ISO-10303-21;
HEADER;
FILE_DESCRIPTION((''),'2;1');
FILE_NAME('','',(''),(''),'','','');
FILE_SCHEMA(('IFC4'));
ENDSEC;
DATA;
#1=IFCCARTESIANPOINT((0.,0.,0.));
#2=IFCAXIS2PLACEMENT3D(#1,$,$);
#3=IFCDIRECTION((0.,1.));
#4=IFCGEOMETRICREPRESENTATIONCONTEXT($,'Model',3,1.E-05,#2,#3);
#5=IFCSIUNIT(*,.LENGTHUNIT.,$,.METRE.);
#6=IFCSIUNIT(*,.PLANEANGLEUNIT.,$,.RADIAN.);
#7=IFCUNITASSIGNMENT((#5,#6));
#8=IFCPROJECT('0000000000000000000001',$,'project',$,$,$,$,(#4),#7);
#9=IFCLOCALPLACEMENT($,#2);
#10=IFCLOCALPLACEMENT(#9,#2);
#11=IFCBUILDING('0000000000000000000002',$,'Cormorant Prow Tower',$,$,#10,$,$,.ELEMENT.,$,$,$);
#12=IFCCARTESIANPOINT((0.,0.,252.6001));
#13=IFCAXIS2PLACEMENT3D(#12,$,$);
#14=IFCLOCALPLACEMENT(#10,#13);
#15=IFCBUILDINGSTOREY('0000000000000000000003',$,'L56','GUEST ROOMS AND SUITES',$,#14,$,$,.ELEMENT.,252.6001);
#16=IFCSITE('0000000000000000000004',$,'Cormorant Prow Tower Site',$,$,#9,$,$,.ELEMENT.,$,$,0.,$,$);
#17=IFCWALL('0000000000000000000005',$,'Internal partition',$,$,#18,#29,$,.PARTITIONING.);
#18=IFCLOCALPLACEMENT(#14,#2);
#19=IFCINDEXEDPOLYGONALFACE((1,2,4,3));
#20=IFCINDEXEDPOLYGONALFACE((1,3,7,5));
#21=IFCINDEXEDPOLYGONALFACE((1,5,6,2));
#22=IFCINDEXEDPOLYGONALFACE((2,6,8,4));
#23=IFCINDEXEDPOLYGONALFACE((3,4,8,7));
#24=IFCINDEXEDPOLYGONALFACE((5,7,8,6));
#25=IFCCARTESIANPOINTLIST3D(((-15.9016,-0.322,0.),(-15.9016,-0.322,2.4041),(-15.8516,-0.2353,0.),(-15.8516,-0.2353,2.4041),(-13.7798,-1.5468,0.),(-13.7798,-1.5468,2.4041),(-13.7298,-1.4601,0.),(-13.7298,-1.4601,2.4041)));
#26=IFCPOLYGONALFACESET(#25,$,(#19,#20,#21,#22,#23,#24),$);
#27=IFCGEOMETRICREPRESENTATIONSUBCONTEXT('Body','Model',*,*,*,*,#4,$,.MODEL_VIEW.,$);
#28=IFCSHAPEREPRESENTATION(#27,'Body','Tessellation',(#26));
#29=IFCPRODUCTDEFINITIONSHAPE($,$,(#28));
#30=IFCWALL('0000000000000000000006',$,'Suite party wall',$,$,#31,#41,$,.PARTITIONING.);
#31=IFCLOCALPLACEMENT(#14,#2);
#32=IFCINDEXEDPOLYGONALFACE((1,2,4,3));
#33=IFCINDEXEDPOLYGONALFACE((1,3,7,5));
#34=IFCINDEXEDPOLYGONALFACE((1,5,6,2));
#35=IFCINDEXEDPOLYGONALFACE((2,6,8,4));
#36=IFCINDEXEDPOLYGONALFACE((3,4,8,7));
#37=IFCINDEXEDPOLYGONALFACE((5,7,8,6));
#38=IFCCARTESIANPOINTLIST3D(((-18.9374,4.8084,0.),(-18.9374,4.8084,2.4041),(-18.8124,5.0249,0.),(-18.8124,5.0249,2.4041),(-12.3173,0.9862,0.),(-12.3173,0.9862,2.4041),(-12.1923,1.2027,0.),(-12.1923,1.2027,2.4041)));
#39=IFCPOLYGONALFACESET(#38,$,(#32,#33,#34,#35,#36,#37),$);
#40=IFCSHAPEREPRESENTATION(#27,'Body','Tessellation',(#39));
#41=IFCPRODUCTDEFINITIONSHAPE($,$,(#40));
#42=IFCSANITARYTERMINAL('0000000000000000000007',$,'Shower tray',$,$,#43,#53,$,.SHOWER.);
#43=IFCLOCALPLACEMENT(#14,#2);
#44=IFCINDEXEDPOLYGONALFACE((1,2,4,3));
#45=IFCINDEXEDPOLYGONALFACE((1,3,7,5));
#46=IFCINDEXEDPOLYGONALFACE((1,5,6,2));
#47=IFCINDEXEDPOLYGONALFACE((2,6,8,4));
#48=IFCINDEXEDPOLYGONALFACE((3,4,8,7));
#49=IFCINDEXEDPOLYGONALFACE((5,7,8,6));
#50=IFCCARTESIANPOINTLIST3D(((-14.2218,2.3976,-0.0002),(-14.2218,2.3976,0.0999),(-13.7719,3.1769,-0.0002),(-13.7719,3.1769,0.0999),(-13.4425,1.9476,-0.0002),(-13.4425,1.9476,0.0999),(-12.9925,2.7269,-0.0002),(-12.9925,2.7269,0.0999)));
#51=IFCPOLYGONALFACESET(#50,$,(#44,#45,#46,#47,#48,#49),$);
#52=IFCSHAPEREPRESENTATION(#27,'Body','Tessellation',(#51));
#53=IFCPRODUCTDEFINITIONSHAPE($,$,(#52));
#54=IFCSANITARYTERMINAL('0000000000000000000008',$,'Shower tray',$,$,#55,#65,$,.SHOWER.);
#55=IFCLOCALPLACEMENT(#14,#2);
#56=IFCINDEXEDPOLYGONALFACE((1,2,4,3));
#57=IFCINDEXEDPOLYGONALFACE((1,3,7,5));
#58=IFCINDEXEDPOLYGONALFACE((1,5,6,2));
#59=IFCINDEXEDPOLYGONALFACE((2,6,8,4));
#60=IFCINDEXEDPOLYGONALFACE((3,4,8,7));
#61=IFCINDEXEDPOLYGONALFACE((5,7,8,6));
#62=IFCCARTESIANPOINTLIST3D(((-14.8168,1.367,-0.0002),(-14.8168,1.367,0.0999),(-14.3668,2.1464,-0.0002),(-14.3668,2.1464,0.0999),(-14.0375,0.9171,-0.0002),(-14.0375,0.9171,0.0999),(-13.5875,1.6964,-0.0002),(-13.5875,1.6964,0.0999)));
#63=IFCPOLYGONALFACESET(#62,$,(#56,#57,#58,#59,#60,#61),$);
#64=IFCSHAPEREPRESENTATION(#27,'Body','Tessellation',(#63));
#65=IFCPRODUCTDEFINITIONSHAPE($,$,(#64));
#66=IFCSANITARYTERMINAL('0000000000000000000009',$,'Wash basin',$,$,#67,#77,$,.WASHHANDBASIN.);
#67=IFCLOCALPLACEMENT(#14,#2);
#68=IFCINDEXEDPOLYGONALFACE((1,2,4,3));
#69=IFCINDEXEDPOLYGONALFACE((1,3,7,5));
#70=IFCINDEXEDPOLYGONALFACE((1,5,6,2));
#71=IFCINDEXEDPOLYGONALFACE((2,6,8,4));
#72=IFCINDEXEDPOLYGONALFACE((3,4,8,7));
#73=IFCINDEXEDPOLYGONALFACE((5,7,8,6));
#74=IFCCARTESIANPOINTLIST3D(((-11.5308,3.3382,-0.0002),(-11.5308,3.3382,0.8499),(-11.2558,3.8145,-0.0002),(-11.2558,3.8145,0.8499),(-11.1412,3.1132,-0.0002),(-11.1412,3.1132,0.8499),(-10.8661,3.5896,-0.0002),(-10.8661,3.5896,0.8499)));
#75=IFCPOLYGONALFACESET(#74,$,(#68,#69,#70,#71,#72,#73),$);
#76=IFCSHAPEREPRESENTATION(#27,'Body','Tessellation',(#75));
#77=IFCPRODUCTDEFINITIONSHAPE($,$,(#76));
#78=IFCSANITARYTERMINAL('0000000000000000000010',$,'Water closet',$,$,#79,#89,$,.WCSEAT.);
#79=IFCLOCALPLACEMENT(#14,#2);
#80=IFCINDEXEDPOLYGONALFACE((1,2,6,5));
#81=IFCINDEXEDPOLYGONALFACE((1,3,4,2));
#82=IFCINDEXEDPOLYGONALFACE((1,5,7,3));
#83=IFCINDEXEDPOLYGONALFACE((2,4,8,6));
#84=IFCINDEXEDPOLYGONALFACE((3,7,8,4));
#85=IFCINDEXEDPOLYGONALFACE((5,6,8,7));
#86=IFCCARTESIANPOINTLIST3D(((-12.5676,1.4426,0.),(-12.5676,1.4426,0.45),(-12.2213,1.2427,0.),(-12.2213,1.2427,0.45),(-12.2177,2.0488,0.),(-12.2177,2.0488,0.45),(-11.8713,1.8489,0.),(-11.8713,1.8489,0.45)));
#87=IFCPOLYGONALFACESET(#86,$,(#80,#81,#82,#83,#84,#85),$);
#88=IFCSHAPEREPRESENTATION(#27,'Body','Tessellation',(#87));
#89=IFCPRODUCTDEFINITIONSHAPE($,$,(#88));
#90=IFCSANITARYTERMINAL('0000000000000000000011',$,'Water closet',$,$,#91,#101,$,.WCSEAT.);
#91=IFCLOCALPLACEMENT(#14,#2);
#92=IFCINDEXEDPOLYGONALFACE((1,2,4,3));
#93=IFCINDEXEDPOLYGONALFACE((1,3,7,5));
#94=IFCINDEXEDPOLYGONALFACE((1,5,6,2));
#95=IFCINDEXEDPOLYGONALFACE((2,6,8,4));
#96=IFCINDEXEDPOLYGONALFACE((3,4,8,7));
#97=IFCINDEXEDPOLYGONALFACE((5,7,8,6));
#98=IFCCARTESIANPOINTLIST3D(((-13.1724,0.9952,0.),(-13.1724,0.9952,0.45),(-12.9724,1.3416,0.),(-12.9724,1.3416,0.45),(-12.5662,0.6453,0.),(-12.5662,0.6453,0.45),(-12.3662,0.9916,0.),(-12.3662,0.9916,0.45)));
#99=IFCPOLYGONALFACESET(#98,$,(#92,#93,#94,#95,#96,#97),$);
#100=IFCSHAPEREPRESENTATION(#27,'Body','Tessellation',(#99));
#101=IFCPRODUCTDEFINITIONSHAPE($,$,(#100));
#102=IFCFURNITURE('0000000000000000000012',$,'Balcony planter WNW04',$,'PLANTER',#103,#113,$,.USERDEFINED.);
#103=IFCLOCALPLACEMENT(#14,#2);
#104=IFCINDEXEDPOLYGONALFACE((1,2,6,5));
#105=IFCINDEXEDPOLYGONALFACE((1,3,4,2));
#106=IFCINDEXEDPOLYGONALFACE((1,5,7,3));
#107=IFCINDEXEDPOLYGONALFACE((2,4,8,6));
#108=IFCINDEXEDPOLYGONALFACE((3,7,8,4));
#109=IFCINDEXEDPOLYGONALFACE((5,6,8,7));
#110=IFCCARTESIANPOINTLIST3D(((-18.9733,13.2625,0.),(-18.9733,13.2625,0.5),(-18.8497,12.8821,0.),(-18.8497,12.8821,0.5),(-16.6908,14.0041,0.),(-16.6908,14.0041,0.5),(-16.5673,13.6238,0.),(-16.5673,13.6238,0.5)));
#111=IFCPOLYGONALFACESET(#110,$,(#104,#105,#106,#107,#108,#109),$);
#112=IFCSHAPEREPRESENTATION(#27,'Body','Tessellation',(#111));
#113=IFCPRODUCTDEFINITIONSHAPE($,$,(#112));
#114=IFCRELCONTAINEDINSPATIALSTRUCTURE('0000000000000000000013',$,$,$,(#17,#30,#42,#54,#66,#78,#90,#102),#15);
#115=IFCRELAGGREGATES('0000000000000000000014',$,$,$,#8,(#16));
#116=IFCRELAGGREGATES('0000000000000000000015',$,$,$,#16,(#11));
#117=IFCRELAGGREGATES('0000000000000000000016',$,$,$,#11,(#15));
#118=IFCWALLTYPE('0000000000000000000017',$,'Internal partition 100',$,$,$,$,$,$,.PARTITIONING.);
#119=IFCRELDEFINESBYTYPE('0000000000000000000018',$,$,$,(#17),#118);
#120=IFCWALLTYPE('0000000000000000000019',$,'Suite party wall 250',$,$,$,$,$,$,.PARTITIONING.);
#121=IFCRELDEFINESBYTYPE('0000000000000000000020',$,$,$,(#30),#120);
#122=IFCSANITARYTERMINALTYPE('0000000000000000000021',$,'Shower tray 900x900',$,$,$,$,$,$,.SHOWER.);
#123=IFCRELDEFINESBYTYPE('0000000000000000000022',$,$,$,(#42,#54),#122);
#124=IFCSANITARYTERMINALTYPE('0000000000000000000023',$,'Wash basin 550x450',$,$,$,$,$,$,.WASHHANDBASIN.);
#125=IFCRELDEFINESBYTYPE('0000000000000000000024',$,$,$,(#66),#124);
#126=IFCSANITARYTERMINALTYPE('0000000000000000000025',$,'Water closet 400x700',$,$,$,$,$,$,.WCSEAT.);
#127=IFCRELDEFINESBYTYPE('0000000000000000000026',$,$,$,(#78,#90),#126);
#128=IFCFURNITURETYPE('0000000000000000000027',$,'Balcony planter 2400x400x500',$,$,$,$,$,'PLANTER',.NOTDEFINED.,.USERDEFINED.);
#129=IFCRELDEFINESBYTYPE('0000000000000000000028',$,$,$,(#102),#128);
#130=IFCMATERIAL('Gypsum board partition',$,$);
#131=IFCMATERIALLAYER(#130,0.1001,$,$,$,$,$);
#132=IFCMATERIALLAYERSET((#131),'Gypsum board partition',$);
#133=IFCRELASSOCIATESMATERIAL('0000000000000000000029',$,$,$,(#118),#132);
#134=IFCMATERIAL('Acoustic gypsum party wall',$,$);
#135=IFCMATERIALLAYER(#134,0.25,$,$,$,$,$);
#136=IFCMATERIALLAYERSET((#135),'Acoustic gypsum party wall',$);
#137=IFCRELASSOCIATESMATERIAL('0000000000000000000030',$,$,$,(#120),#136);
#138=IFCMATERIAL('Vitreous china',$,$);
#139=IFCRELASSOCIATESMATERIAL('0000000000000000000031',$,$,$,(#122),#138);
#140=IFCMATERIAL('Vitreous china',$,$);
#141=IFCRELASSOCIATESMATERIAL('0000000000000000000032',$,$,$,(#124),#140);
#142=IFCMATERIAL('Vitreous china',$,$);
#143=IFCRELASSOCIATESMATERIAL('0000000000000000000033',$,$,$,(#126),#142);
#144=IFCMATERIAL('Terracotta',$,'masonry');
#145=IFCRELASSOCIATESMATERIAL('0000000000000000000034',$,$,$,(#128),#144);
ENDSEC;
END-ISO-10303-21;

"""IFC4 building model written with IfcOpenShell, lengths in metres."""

from ifc_helpers import new_model, si_unit, direction, frame, frame_2d, origin, origin_2d, place, context, subcontext, project, spatial, rectangle, extrude, material, layer, layer_set, type_object, element, save


model = new_model("IFC4")

# Units and contexts
model_context = context("Model", 3, precision=1e-05, world=origin(), true_north=direction((0.0, 1.0)))
body_context = subcontext(model_context, "Body", "Model", "MODEL_VIEW")
ifc_project = project(units=[si_unit("LENGTHUNIT", "METRE"), si_unit("PLANEANGLEUNIT", "RADIAN")], contexts=[model_context])

# Site, building, storey
site_placement = place(None, origin())
site = spatial("IfcSite", under=ifc_project, at=site_placement, Name="Cormorant Prow Tower Site", CompositionType="ELEMENT", RefElevation=0.0)
building_placement = place(site_placement, origin())
building = spatial("IfcBuilding", under=site, at=building_placement, Name="Cormorant Prow Tower", CompositionType="ELEMENT")
storey_placement = place(building_placement, frame((0.0, 0.0, 252.6001)))
storey = spatial("IfcBuildingStorey", under=building, at=storey_placement, Name="L56", Description="GUEST ROOMS AND SUITES", CompositionType="ELEMENT", Elevation=252.6001)

# Walls
ifc_material_1 = material(Name="Gypsum board partition")
ifc_layer_1 = layer(ifc_material_1, 0.1001)
ifc_layer_set_1 = layer_set([ifc_layer_1], Name="Gypsum board partition")
wall_type_1 = type_object("IfcWallType", Name="Internal partition 100", PredefinedType="PARTITIONING", material=ifc_layer_set_1)
for number, where, z_axis, x_axis, name in (
    (1, (-15.8767, -0.2786, 0.0), (0.0, 0.0, 1.0), (0.866058, -0.499944, 0.0), "Internal partition"),
):
    element("IfcWall", number, at=place(storey_placement, frame(where, z_axis=z_axis, x_axis=x_axis)), inside=storey, type_object=wall_type_1, Name=name, PredefinedType="PARTITIONING", context=body_context, shape_type="SweptSolid", body=[
        extrude(rectangle(XDim=2.45, YDim=0.1001, at=frame_2d((1.2251, 0.0))), origin(), (0.0, 0.0, 1.0), 2.4041),
    ])
ifc_material_2 = material(Name="Acoustic gypsum party wall")
ifc_layer_2 = layer(ifc_material_2, 0.25)
ifc_layer_set_2 = layer_set([ifc_layer_2], Name="Acoustic gypsum party wall")
wall_type_2 = type_object("IfcWallType", Name="Suite party wall 250", PredefinedType="PARTITIONING", material=ifc_layer_set_2)
wall_1_placement = place(storey_placement, frame((-18.875, 4.9167, 0.0), z_axis=(0.0, 0.0, 1.0), x_axis=(0.866018, -0.500014, 0.0)))
element("IfcWall", 2, at=wall_1_placement, inside=storey, type_object=wall_type_2, Name="Suite party wall", PredefinedType="PARTITIONING", context=body_context, shape_type="SweptSolid", body=[
    extrude(rectangle(XDim=7.6443, YDim=0.25, at=frame_2d((3.8223, 0.0))), origin(), (0.0, 0.0, 1.0), 2.4041),
])

# Sanitary terminals
ifc_material_3 = material(Name="Vitreous china")
sanitary_terminal_type_1 = type_object("IfcSanitaryTerminalType", Name="Shower tray 900x900", PredefinedType="SHOWER", material=ifc_material_3)
for number, where, z_axis, x_axis, name in (
    (3, (-13.6072, 2.5623, -0.0002), (0.0, 0.0, 1.0), (0.5, 0.866025, 0.0), "Shower tray"),
    (4, (-14.2021, 1.5317, -0.0002), (0.0, 0.0, 1.0), (0.866025, -0.5, 0.0), "Shower tray"),
):
    element("IfcSanitaryTerminal", number, at=place(storey_placement, frame(where, z_axis=z_axis, x_axis=x_axis)), inside=storey, type_object=sanitary_terminal_type_1, Name=name, PredefinedType="SHOWER", context=body_context, shape_type="SweptSolid", body=[
        extrude(rectangle(XDim=0.8999, YDim=0.8999, at=origin_2d()), origin(), (0.0, 0.0, 1.0), 0.1001),
    ])
ifc_material_4 = material(Name="Vitreous china")
sanitary_terminal_type_2 = type_object("IfcSanitaryTerminalType", Name="Wash basin 550x450", PredefinedType="WASHHANDBASIN", material=ifc_material_4)
sanitary_terminal_placement = place(storey_placement, frame((-11.1985, 3.4639, -0.0002), z_axis=(0.0, 0.0, 1.0), x_axis=(-0.5, -0.866025, 0.0)))
element("IfcSanitaryTerminal", 5, at=sanitary_terminal_placement, inside=storey, type_object=sanitary_terminal_type_2, Name="Wash basin", PredefinedType="WASHHANDBASIN", context=body_context, shape_type="SweptSolid", body=[
    extrude(rectangle(XDim=0.55, YDim=0.45, at=origin_2d()), origin(), (0.0, 0.0, 1.0), 0.8501),
])
ifc_material_5 = material(Name="Vitreous china")
sanitary_terminal_type_3 = type_object("IfcSanitaryTerminalType", Name="Water closet 400x700", PredefinedType="WCSEAT", material=ifc_material_5)
for number, where, z_axis, x_axis, name in (
    (6, (-12.2195, 1.6458, 0.0), (0.0, 0.0, 1.0), (-0.866025, 0.5, 0.0), "Water closet"),
    (7, (-12.7693, 0.9934, 0.0), (0.0, 0.0, 1.0), (-0.5, -0.866025, 0.0), "Water closet"),
):
    element("IfcSanitaryTerminal", number, at=place(storey_placement, frame(where, z_axis=z_axis, x_axis=x_axis)), inside=storey, type_object=sanitary_terminal_type_3, Name=name, PredefinedType="WCSEAT", context=body_context, shape_type="SweptSolid", body=[
        extrude(rectangle(XDim=0.3999, YDim=0.7, at=origin_2d()), origin(), (0.0, 0.0, 1.0), 0.45),
    ])

# Furniture
ifc_material_6 = material(Name="Terracotta", Category="masonry")
furniture_type = type_object("IfcFurnitureType", Name="Balcony planter 2400x400x500", ElementType="PLANTER", AssemblyPlace="NOTDEFINED", PredefinedType="USERDEFINED", material=ifc_material_6)
furniture_placement = place(storey_placement, frame((-17.7703, 13.4431, 0.0), z_axis=(0.0, 0.0, 1.0), x_axis=(-0.951056, -0.309017, 0.0)))
element("IfcFurniture", 8, at=furniture_placement, inside=storey, type_object=furniture_type, Name="Balcony planter WNW04", ObjectType="PLANTER", PredefinedType="USERDEFINED", context=body_context, shape_type="SweptSolid", body=[
    extrude(rectangle(XDim=2.3999, YDim=0.3999, at=origin_2d()), origin(), (0.0, 0.0, 1.0), 0.5),
])

save(model, "model.ifc")
